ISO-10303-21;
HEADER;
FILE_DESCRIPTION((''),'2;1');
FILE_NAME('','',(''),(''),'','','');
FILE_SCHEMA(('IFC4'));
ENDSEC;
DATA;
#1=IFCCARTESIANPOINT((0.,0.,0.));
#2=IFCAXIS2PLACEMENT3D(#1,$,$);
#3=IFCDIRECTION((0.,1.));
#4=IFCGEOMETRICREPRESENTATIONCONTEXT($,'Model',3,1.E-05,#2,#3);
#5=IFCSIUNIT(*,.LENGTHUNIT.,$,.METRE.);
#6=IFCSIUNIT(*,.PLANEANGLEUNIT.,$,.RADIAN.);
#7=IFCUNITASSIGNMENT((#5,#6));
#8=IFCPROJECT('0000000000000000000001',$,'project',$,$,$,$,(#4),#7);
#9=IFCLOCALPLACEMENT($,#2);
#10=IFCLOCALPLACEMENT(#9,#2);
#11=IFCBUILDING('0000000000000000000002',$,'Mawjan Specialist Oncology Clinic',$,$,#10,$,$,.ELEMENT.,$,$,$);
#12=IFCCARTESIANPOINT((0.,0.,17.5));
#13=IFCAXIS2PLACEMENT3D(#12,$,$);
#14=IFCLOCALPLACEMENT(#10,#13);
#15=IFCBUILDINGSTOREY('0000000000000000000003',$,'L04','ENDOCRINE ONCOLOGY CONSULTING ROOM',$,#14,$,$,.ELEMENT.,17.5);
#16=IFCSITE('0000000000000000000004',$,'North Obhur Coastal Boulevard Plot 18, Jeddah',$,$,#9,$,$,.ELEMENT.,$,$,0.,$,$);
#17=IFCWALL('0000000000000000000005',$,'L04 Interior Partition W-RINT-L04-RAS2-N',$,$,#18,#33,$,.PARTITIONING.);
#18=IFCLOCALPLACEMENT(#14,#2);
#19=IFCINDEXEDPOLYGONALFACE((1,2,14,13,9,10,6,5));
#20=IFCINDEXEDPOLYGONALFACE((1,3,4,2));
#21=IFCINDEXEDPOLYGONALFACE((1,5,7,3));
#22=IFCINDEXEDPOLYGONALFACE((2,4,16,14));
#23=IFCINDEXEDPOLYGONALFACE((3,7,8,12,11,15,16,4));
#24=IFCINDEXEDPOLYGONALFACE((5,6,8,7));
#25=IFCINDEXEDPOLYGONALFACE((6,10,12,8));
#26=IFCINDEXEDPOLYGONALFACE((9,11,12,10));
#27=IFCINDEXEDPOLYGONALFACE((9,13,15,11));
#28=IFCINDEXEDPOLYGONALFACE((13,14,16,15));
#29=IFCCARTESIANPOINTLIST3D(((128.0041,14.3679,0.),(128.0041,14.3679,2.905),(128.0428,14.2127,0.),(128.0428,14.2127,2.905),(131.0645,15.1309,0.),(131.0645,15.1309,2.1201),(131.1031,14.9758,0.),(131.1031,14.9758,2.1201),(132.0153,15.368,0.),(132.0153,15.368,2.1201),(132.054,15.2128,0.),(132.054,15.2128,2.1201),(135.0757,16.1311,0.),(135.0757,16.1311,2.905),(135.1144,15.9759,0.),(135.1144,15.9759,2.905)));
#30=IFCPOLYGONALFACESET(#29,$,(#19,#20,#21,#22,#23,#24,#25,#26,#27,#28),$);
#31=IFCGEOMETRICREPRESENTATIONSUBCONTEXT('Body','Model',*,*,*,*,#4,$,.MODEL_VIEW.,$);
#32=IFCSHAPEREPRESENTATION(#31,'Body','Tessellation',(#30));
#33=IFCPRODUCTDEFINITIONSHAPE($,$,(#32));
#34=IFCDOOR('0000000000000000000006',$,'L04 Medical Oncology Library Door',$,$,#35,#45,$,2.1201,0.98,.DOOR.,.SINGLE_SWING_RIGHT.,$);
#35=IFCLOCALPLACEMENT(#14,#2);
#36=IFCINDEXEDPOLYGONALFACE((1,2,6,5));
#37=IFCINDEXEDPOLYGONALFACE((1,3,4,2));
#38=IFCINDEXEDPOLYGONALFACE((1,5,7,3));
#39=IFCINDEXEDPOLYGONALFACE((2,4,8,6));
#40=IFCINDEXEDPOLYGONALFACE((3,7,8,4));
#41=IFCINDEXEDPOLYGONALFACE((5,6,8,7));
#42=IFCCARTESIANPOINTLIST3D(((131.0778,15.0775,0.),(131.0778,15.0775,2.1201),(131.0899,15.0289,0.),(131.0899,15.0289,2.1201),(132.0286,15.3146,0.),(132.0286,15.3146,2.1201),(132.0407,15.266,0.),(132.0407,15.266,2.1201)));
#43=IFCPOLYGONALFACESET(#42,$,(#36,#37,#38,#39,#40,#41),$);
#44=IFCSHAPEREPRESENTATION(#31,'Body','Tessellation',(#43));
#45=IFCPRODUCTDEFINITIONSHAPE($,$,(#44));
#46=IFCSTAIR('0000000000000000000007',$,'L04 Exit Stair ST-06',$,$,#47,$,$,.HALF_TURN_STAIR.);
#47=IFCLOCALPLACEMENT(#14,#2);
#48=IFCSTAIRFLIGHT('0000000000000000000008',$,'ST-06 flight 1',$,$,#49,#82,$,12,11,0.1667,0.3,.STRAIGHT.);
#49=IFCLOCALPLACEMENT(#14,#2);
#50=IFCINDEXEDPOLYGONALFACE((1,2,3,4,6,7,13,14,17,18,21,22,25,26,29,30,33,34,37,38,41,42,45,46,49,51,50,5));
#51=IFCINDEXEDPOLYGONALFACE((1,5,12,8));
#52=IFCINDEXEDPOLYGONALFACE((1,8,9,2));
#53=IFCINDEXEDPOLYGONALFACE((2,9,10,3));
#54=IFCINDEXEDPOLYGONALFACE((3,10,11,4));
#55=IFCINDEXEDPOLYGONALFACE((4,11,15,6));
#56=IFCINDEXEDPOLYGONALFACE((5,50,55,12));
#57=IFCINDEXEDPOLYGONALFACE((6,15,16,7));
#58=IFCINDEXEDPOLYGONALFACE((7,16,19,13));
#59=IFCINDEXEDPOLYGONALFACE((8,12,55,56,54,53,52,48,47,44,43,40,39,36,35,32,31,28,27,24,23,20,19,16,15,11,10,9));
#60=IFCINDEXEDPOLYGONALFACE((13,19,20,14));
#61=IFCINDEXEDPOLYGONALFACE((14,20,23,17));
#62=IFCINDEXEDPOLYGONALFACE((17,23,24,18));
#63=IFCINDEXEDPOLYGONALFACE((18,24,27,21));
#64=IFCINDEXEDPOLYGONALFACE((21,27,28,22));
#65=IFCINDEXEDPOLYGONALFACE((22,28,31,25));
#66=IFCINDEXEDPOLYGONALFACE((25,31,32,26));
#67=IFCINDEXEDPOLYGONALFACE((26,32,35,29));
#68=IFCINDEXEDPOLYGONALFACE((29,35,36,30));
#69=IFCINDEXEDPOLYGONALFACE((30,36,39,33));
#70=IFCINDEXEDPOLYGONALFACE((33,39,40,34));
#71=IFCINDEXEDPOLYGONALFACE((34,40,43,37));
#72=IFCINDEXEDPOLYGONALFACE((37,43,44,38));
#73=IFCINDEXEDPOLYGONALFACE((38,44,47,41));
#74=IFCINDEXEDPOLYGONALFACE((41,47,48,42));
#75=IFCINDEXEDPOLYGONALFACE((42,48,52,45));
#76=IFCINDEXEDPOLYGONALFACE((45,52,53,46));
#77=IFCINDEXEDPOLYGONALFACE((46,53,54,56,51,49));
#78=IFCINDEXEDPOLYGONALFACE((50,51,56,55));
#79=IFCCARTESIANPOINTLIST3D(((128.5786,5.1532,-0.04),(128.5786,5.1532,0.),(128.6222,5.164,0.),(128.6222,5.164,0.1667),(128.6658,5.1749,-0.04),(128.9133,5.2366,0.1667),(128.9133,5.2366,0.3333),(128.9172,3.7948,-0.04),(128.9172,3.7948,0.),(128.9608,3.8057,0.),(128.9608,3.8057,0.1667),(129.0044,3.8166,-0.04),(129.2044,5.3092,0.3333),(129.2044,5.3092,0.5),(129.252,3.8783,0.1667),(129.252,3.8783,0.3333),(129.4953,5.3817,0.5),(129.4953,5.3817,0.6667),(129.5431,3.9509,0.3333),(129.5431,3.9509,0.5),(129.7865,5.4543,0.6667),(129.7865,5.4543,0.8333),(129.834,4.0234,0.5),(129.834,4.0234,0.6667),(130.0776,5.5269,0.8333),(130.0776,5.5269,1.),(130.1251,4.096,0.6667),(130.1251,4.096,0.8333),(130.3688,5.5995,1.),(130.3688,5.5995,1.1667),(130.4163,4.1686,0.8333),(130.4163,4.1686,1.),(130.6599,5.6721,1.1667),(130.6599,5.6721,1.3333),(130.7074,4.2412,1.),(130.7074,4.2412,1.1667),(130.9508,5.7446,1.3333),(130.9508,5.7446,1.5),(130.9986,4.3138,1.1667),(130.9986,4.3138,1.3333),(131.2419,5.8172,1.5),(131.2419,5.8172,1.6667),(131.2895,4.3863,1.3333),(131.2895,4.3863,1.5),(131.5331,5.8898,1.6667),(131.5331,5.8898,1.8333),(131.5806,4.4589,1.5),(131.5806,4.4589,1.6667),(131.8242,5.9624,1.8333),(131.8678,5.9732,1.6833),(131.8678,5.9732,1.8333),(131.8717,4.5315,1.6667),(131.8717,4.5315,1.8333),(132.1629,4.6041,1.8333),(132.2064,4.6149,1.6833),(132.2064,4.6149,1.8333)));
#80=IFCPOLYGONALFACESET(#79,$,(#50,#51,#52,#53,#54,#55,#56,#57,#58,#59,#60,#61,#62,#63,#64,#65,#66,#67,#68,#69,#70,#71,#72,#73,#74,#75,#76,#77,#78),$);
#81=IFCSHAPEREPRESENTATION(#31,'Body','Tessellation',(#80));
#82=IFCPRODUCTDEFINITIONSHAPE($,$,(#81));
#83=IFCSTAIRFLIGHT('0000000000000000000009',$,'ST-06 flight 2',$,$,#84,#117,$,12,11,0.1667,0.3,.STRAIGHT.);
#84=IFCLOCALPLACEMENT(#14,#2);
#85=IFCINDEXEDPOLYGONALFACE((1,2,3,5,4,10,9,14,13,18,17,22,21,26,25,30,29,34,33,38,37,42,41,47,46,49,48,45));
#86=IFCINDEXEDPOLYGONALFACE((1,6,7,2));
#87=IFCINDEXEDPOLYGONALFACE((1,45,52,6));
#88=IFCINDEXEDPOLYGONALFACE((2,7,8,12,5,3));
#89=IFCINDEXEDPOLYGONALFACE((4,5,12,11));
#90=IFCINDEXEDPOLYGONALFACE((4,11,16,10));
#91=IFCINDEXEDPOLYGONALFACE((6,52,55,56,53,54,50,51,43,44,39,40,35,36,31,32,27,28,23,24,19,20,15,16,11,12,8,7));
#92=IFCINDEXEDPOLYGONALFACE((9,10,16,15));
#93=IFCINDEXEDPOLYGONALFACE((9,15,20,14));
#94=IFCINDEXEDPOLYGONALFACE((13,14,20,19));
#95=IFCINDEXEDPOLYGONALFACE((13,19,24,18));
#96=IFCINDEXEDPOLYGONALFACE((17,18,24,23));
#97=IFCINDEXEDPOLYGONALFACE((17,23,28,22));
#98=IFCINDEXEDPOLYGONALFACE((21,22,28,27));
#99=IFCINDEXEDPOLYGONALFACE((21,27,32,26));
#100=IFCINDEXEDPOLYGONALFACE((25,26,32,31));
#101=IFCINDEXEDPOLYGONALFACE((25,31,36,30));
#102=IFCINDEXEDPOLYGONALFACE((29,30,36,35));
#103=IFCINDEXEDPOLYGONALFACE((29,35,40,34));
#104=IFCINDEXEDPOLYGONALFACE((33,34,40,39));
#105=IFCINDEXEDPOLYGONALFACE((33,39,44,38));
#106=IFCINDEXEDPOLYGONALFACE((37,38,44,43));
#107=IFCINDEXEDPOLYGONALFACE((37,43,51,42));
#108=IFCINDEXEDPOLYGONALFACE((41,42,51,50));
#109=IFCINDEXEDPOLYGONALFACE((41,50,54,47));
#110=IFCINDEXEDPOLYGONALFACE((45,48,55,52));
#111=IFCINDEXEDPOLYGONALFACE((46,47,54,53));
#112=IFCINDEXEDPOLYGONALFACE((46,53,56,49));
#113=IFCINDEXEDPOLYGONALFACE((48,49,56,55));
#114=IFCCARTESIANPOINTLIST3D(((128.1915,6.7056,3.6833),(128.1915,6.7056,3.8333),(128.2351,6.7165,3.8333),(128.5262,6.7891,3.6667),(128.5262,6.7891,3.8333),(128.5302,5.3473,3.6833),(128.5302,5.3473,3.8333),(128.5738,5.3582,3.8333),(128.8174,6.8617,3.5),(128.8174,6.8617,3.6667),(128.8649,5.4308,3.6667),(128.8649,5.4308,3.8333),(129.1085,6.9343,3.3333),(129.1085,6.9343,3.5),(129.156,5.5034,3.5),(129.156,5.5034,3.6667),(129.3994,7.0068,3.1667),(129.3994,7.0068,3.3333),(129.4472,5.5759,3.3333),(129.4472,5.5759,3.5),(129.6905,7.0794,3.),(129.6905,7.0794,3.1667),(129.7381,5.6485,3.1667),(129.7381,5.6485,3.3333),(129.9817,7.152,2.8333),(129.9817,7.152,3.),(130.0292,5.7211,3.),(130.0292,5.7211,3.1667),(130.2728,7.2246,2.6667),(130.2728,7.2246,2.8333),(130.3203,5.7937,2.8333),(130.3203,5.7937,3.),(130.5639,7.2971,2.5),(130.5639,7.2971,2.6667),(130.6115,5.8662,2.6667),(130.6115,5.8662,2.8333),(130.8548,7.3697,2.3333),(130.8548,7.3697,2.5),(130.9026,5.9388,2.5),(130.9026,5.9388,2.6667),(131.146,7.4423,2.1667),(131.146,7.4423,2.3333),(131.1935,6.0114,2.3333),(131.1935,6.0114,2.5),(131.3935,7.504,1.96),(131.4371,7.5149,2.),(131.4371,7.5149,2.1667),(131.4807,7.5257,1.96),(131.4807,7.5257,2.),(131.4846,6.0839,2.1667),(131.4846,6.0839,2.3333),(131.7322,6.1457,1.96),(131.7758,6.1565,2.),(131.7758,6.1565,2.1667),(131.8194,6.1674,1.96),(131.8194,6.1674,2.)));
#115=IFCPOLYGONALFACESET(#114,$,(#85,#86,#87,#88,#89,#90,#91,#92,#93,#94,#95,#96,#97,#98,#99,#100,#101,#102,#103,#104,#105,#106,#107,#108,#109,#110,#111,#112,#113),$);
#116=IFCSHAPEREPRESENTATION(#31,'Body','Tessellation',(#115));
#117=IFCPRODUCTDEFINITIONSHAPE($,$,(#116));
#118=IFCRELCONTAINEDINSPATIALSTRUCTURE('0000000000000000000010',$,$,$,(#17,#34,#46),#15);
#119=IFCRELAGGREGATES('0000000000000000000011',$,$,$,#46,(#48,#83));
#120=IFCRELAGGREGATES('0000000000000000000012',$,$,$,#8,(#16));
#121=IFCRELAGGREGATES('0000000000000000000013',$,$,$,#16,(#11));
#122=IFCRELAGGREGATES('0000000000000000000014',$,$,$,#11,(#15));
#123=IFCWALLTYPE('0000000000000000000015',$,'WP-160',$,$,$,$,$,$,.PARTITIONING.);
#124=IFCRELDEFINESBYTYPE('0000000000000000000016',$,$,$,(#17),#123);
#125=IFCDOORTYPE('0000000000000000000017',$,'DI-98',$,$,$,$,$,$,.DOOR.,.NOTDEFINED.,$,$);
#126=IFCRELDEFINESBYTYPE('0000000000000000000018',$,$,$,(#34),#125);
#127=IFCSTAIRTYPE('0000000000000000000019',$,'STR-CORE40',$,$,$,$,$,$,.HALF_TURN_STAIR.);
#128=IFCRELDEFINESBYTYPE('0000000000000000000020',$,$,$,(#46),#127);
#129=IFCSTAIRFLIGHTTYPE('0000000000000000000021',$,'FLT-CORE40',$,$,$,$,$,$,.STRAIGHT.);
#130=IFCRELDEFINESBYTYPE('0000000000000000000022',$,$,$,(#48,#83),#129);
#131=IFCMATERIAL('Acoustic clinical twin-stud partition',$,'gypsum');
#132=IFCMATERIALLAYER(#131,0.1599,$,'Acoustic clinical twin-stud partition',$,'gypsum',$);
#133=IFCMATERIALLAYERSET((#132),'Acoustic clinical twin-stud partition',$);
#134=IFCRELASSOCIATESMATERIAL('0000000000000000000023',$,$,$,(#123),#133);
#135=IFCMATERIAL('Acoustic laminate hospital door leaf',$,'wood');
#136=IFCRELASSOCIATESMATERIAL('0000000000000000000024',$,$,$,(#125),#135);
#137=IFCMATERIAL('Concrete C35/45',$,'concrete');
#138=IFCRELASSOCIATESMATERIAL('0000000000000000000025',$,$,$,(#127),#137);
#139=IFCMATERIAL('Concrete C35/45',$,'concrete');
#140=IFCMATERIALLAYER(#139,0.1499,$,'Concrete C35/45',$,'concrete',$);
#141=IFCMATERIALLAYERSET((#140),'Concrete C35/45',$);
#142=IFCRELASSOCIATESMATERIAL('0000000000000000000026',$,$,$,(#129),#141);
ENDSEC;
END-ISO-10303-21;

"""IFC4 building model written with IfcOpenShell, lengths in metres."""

from ifc_helpers import new_model, si_unit, direction, frame, frame_2d, origin, place, context, subcontext, project, spatial, polyline, rectangle, outline, extrude, material, layer, layer_set, type_object, element, fill, aggregate, save


model = new_model("IFC4")

# Units and contexts
model_context = context("Model", 3, precision=1e-05, world=origin(), true_north=direction((0.0, 1.0)))
body_context = subcontext(model_context, "Body", "Model", "MODEL_VIEW")
ifc_project = project(units=[si_unit("LENGTHUNIT", "METRE"), si_unit("PLANEANGLEUNIT", "RADIAN")], contexts=[model_context])

# Site, building, storey
site_placement = place(None, origin())
site = spatial("IfcSite", under=ifc_project, at=site_placement, Name="North Obhur Coastal Boulevard Plot 18, Jeddah", CompositionType="ELEMENT", RefElevation=0.0)
building_placement = place(site_placement, origin())
building = spatial("IfcBuilding", under=site, at=building_placement, Name="Mawjan Specialist Oncology Clinic", CompositionType="ELEMENT")
storey_placement = place(building_placement, frame((0.0, 0.0, 17.5)))
storey = spatial("IfcBuildingStorey", under=building, at=storey_placement, Name="L04", Description="ENDOCRINE ONCOLOGY CONSULTING ROOM", CompositionType="ELEMENT", Elevation=17.5)

# Wall, opening, door
ifc_material_1 = material(Name="Acoustic clinical twin-stud partition", Category="gypsum")
ifc_layer_1 = layer(ifc_material_1, 0.1599, Name="Acoustic clinical twin-stud partition", Category="gypsum")
ifc_layer_set_1 = layer_set([ifc_layer_1], Name="Acoustic clinical twin-stud partition")
wall_type_1 = type_object("IfcWallType", Name="WP-160", PredefinedType="PARTITIONING", material=ifc_layer_set_1)
wall_1_placement = place(storey_placement, frame((128.0234, 14.2903, 0.0), z_axis=(0.0, 0.0, 1.0), x_axis=(0.970294, 0.241929, 0.0)))
wall_1 = element("IfcWall", 1, at=wall_1_placement, inside=storey, type_object=wall_type_1, Name="L04 Interior Partition W-RINT-L04-RAS2-N", PredefinedType="PARTITIONING", context=body_context, shape_type="SweptSolid", body=[
    extrude(rectangle(XDim=7.2881, YDim=0.1599, at=frame_2d((3.644, 0.0))), origin(), (0.0, 0.0, 1.0), 2.905),
])
opening_1_placement = place(wall_1_placement, frame((3.1541, 0.0, 0.0)))
opening_1 = element("IfcOpeningElement", 2, at=opening_1_placement, cuts=wall_1, PredefinedType="OPENING", context=body_context, shape_type="SweptSolid", body=[
    extrude(rectangle(XDim=0.98, YDim=2.1201, at=frame_2d((0.49, 1.0601))), frame((0.0, 0.092, 0.0), z_axis=(0.0, -1.0, 0.0), x_axis=(1.0, 0.0, 0.0)), (0.0, 0.0, 1.0), 0.1838),
])
ifc_material_2 = material(Name="Acoustic laminate hospital door leaf", Category="wood")
door_type = type_object("IfcDoorType", Name="DI-98", OperationType="NOTDEFINED", PredefinedType="DOOR", material=ifc_material_2)
door_placement = place(opening_1_placement, origin())
door = element("IfcDoor", 3, at=door_placement, inside=storey, type_object=door_type, Name="L04 Medical Oncology Library Door", OperationType="SINGLE_SWING_RIGHT", OverallHeight=2.1201, OverallWidth=0.98, PredefinedType="DOOR", context=body_context, shape_type="SweptSolid", body=[
    extrude(rectangle(XDim=0.98, YDim=2.1201, at=frame_2d((0.49, 1.0601))), frame((0.0, 0.0249, 0.0), z_axis=(0.0, -1.0, 0.0), x_axis=(1.0, 0.0, 0.0)), (0.0, 0.0, 1.0), 0.05),
])
fill(opening_1, door)

# Stair, stair flights
ifc_material_3 = material(Name="Concrete C35/45", Category="concrete")
stair_type = type_object("IfcStairType", Name="STR-CORE40", PredefinedType="HALF_TURN_STAIR", material=ifc_material_3)
stair_placement = place(storey_placement, origin())
stair = element("IfcStair", 4, at=stair_placement, inside=storey, type_object=stair_type, Name="L04 Exit Stair ST-06", PredefinedType="HALF_TURN_STAIR")
ifc_material_4 = material(Name="Concrete C35/45", Category="concrete")
ifc_layer_2 = layer(ifc_material_4, 0.1499, Name="Concrete C35/45", Category="concrete")
ifc_layer_set_2 = layer_set([ifc_layer_2], Name="Concrete C35/45")
stair_flight_type = type_object("IfcStairFlightType", Name="FLT-CORE40", PredefinedType="STRAIGHT", material=ifc_layer_set_2)
stair_flight_1_placement = place(storey_placement, frame((128.7915, 4.4849, 0.0), z_axis=(0.0, 0.0, 1.0), x_axis=(0.970296, 0.241922, 0.0)))
stair_flight_1 = element("IfcStairFlight", 5, at=stair_flight_1_placement, type_object=stair_flight_type, Name="ST-06 flight 1", NumberOfRisers=12, NumberOfTreads=11, PredefinedType="STRAIGHT", RiserHeight=0.1667, TreadLength=0.3, context=body_context, shape_type="SweptSolid", body=[
    extrude(outline(polyline([(-0.0449, -0.04), (-0.0449, 0.0), (0.0, 0.0), (0.0, 0.1667), (0.3, 0.1667), (0.3, 0.3333), (0.6001, 0.3333), (0.6001, 0.5), (0.8999, 0.5), (0.8999, 0.6667), (1.2, 0.6667), (1.2, 0.8333), (1.5, 0.8333), (1.5, 1.0), (1.8, 1.0), (1.8, 1.1667), (2.1001, 1.1667), (2.1001, 1.3333), (2.3999, 1.3333), (2.3999, 1.5), (2.7, 1.5), (2.7, 1.6667), (3.0, 1.6667), (3.0, 1.8333), (3.3, 1.8333), (3.345, 1.8333), (3.345, 1.6833), (0.0449, -0.04), (-0.0449, -0.04)])), frame((0.0, 0.7, 0.0), z_axis=(0.0, -1.0, 0.0), x_axis=(1.0, 0.0, 0.0)), (0.0, 0.0, 1.0), 1.3999),
])
stair_flight_2_placement = place(storey_placement, frame((131.6064, 6.8357, 2.0), z_axis=(0.0, 0.0, 1.0), x_axis=(-0.970296, -0.241922, 0.0)))
stair_flight_2 = element("IfcStairFlight", 6, at=stair_flight_2_placement, type_object=stair_flight_type, Name="ST-06 flight 2", NumberOfRisers=12, NumberOfTreads=11, PredefinedType="STRAIGHT", RiserHeight=0.1667, TreadLength=0.3, context=body_context, shape_type="SweptSolid", body=[
    extrude(outline(polyline([(-0.0449, -0.04), (-0.0449, 0.0), (0.0, 0.0), (0.0, 0.1667), (0.3, 0.1667), (0.3, 0.3333), (0.6001, 0.3333), (0.6001, 0.5), (0.8999, 0.5), (0.8999, 0.6667), (1.2, 0.6667), (1.2, 0.8333), (1.5, 0.8333), (1.5, 1.0), (1.8, 1.0), (1.8, 1.1667), (2.1001, 1.1667), (2.1001, 1.3333), (2.3999, 1.3333), (2.3999, 1.5), (2.7, 1.5), (2.7, 1.6667), (3.0, 1.6667), (3.0, 1.8333), (3.3, 1.8333), (3.345, 1.8333), (3.345, 1.6833), (0.0449, -0.04), (-0.0449, -0.04)])), frame((0.0, 0.7, 0.0), z_axis=(0.0, -1.0, 0.0), x_axis=(1.0, 0.0, 0.0)), (0.0, 0.0, 1.0), 1.3999),
])
aggregate(stair, [stair_flight_1, stair_flight_2])

save(model, "model.ifc")
